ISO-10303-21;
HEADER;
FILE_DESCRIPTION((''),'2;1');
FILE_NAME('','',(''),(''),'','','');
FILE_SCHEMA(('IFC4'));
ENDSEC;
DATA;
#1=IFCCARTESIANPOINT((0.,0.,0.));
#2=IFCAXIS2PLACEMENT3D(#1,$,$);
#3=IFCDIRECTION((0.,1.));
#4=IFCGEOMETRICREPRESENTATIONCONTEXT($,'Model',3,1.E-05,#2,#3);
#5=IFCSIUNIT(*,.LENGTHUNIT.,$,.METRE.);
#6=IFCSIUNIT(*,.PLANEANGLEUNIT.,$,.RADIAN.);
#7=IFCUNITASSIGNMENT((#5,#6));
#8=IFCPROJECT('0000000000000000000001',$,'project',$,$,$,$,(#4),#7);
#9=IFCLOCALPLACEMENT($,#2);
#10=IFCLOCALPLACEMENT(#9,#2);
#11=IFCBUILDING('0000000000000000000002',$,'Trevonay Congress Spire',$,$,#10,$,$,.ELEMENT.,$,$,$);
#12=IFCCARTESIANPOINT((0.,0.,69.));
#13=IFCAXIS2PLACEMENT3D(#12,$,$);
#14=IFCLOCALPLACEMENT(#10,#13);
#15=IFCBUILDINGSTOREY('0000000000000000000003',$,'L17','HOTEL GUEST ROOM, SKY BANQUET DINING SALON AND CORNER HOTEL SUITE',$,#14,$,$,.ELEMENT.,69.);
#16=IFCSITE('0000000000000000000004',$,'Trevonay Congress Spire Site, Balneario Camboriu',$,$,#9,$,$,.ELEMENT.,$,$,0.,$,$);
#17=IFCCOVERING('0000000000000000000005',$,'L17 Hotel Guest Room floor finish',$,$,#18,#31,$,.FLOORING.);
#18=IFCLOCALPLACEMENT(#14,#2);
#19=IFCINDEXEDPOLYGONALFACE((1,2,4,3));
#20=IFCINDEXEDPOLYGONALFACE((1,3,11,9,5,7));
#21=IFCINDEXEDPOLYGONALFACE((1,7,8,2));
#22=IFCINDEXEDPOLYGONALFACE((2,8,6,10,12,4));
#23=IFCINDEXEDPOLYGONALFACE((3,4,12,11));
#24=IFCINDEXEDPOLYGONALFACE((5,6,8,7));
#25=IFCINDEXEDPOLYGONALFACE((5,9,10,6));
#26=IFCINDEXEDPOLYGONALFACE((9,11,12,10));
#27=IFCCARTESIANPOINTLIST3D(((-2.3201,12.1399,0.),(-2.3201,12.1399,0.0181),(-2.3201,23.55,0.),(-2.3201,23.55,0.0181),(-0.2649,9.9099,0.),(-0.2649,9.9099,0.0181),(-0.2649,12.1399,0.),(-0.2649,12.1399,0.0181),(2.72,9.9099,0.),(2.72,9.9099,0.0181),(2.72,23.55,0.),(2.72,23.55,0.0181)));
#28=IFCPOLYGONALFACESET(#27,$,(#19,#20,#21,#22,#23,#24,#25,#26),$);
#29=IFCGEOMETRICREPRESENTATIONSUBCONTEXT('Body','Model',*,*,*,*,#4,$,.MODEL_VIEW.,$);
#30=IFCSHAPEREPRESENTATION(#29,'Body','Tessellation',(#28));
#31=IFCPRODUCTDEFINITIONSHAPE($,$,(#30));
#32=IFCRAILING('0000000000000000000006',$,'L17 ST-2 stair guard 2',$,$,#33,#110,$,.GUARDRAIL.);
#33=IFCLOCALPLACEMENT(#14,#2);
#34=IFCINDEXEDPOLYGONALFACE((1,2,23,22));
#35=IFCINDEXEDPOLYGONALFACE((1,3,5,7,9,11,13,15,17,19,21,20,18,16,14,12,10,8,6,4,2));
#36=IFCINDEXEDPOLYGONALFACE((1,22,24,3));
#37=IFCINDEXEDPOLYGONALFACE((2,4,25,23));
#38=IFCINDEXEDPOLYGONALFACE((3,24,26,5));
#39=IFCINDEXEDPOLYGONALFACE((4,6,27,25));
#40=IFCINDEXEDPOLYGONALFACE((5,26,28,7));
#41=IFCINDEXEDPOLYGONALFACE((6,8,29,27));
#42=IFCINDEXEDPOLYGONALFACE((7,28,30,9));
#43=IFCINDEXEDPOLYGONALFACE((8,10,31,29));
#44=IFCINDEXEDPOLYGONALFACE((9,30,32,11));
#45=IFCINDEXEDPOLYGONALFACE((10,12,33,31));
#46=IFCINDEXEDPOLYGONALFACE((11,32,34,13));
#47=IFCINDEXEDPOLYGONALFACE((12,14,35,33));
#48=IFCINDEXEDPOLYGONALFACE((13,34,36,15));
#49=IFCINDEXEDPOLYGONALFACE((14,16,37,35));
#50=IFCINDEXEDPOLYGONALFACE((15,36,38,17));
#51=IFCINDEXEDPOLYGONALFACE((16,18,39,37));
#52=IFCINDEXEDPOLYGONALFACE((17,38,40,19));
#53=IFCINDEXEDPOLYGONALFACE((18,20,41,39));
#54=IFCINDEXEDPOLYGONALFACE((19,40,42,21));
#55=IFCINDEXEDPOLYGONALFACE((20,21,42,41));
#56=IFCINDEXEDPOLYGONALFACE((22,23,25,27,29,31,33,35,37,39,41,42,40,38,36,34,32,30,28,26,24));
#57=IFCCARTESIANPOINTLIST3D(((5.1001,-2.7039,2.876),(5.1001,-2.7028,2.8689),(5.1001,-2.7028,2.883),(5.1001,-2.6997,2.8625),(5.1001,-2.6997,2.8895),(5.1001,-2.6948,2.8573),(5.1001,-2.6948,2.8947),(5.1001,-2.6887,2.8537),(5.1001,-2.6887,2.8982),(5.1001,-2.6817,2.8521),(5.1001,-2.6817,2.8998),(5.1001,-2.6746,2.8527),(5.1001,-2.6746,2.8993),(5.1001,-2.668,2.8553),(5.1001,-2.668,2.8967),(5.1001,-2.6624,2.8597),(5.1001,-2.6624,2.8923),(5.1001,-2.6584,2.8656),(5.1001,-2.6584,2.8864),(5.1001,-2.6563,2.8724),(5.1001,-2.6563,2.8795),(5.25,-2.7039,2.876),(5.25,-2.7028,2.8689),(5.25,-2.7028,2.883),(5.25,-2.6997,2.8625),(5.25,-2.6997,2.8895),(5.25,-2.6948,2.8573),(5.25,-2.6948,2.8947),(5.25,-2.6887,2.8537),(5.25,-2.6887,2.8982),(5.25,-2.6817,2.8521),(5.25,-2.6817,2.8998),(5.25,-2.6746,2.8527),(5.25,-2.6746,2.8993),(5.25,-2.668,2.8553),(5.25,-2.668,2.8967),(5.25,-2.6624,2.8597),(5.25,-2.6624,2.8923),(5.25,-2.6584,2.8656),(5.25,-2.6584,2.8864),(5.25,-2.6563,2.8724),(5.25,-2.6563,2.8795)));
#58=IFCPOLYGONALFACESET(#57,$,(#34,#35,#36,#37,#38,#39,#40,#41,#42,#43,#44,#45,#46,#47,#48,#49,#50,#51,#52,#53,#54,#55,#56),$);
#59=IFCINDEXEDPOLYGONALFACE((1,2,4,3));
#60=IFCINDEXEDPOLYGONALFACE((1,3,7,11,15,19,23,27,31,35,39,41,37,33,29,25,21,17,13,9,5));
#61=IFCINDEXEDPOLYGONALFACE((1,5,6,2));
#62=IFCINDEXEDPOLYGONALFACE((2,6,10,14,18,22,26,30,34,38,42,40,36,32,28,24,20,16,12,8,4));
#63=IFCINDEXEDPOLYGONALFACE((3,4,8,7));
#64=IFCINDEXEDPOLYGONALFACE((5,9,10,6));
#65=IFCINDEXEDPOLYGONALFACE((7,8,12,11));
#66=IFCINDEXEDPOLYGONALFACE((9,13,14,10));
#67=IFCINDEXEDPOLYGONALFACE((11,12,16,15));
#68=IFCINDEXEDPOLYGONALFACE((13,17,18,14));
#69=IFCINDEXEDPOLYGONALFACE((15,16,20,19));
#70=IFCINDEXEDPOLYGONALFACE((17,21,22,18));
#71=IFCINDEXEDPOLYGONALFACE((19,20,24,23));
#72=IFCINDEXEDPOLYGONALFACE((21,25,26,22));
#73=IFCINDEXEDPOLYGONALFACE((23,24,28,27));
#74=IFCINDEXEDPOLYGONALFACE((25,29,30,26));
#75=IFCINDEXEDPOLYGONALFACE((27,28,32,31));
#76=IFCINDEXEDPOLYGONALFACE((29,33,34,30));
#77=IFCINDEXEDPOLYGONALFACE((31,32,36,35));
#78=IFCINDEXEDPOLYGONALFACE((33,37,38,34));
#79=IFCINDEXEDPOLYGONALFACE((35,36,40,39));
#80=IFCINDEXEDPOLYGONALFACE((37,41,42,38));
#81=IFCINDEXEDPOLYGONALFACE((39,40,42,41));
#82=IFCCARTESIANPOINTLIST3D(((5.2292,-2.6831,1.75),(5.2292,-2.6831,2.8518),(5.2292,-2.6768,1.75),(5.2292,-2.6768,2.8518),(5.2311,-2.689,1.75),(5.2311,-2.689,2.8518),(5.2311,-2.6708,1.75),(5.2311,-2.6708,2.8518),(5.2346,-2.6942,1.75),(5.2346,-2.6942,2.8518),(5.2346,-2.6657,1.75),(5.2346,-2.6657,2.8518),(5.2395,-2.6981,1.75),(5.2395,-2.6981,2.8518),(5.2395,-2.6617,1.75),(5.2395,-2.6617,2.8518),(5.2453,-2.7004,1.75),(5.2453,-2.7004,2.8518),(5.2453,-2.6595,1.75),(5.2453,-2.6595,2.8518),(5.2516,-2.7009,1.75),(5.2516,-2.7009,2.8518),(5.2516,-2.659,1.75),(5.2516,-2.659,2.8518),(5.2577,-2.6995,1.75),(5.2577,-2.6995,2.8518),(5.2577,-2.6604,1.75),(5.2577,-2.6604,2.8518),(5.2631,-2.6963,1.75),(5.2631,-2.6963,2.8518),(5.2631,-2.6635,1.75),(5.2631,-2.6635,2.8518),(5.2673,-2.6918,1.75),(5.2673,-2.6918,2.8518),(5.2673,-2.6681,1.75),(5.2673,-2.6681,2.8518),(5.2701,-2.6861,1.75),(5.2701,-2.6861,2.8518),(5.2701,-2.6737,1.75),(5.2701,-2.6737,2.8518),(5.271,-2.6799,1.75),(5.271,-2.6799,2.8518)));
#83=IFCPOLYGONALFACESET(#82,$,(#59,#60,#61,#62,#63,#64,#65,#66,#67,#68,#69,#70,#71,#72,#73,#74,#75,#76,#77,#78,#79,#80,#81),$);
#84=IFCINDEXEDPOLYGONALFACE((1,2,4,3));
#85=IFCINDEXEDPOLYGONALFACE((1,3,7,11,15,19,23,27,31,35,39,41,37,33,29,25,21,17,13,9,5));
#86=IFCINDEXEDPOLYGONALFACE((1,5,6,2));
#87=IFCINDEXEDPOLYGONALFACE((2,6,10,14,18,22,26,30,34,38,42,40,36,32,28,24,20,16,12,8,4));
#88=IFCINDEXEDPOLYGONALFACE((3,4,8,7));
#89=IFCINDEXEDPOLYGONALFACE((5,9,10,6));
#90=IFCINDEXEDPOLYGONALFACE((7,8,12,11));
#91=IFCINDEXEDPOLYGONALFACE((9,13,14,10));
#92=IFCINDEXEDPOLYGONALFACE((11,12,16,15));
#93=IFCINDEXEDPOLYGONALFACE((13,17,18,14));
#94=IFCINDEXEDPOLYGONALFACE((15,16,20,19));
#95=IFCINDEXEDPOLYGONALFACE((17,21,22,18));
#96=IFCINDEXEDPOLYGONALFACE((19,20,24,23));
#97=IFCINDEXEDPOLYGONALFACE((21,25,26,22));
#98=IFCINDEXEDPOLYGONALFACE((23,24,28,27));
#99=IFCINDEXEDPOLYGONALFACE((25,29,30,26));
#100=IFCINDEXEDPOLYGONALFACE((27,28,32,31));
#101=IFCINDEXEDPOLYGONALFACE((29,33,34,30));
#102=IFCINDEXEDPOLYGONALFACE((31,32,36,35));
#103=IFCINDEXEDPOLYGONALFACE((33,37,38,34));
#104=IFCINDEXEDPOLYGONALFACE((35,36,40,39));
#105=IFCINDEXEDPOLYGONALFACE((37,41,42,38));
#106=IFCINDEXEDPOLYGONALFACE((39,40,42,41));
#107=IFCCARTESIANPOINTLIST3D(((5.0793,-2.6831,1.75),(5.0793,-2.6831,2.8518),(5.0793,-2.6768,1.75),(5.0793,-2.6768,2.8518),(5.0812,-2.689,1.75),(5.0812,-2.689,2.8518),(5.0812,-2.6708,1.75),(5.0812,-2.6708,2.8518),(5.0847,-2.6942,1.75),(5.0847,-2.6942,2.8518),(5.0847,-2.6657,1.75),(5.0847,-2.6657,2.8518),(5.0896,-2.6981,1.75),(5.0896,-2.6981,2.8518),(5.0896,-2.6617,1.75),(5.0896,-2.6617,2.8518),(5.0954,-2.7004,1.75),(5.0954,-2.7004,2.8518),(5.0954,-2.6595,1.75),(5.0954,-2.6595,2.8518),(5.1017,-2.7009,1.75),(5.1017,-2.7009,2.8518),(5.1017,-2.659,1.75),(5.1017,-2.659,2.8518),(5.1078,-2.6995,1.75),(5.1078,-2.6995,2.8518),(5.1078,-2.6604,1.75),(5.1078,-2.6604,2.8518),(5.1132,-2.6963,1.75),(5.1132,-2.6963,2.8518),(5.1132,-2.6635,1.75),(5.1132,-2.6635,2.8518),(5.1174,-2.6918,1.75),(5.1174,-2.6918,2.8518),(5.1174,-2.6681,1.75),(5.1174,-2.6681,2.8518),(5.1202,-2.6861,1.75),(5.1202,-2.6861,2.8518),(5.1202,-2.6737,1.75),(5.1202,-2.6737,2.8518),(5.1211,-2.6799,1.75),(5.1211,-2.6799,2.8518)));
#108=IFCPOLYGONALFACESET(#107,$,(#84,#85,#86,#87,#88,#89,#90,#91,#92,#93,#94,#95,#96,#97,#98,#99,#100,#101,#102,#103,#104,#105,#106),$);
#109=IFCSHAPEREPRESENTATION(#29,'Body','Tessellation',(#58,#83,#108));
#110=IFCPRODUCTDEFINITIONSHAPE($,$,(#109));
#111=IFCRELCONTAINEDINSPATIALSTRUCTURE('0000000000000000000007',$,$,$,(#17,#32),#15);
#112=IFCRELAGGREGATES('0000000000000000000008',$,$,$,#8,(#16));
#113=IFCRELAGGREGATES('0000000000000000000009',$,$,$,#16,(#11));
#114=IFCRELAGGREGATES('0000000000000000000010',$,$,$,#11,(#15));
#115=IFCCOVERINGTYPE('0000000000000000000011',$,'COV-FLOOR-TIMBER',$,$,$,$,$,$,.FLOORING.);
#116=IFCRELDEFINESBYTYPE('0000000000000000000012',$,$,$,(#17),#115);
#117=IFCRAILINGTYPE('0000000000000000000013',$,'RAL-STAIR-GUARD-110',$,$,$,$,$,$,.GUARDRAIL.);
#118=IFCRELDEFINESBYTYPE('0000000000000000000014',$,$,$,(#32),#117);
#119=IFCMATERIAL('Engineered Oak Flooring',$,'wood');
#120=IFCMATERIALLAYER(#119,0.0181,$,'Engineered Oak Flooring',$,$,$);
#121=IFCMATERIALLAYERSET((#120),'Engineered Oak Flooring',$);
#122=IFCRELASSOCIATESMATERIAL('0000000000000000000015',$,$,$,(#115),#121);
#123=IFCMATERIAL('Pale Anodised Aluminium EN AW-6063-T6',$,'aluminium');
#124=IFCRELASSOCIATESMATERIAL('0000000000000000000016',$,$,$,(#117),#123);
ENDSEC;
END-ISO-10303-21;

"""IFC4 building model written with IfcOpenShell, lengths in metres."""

from ifc_helpers import new_model, si_unit, direction, frame, origin, origin_2d, place, context, subcontext, project, spatial, polyline, circle, outline, extrude, material, layer, layer_set, type_object, element, save


model = new_model("IFC4")

# Units and contexts
model_context = context("Model", 3, precision=1e-05, world=origin(), true_north=direction((0.0, 1.0)))
body_context = subcontext(model_context, "Body", "Model", "MODEL_VIEW")
ifc_project = project(units=[si_unit("LENGTHUNIT", "METRE"), si_unit("PLANEANGLEUNIT", "RADIAN")], contexts=[model_context])

# Site, building, storey
site_placement = place(None, origin())
site = spatial("IfcSite", under=ifc_project, at=site_placement, Name="Trevonay Congress Spire Site, Balneario Camboriu", CompositionType="ELEMENT", RefElevation=0.0)
building_placement = place(site_placement, origin())
building = spatial("IfcBuilding", under=site, at=building_placement, Name="Trevonay Congress Spire", CompositionType="ELEMENT")
storey_placement = place(building_placement, frame((0.0, 0.0, 69.0)))
storey = spatial("IfcBuildingStorey", under=building, at=storey_placement, Name="L17", Description="HOTEL GUEST ROOM, SKY BANQUET DINING SALON AND CORNER HOTEL SUITE", CompositionType="ELEMENT", Elevation=69.0)

# Covering
ifc_material_1 = material(Name="Engineered Oak Flooring", Category="wood")
ifc_layer_1 = layer(ifc_material_1, 0.0181, Name="Engineered Oak Flooring")
ifc_layer_set_1 = layer_set([ifc_layer_1], Name="Engineered Oak Flooring")
covering_type_1 = type_object("IfcCoveringType", Name="COV-FLOOR-TIMBER", PredefinedType="FLOORING", material=ifc_layer_set_1)
covering_1_placement = place(storey_placement, origin())
element("IfcCovering", 1, at=covering_1_placement, inside=storey, type_object=covering_type_1, Name="L17 Hotel Guest Room floor finish", PredefinedType="FLOORING", context=body_context, shape_type="SweptSolid", body=[
    extrude(outline(polyline([(-0.2649, 9.9099), (2.72, 9.9099), (2.72, 23.55), (-2.3201, 23.55), (-2.3201, 12.1399), (-0.2649, 12.1399), (-0.2649, 9.9099)])), origin(), (0.0, 0.0, 1.0), 0.0181),
])

# Railing
ifc_material_2 = material(Name="Pale Anodised Aluminium EN AW-6063-T6", Category="aluminium")
railing_type_1 = type_object("IfcRailingType", Name="RAL-STAIR-GUARD-110", PredefinedType="GUARDRAIL", material=ifc_material_2)
railing_1_placement = place(storey_placement, frame((5.25, -2.6799, 1.75)))
element("IfcRailing", 2, at=railing_1_placement, inside=storey, type_object=railing_type_1, Name="L17 ST-2 stair guard 2", PredefinedType="GUARDRAIL", context=body_context, shape_type="SweptSolid", body=[
    extrude(circle(Radius=0.0239, at=origin_2d()), frame((0.0, 0.0, 1.126), z_axis=(-1.0, 0.0, 0.0), x_axis=(0.0, -1.0, 0.0)), (0.0, 0.0, 1.0), 0.1499),
    extrude(circle(Radius=0.021, at=origin_2d()), origin(), (0.0, 0.0, 1.0), 1.1018),
    extrude(circle(Radius=0.021, at=origin_2d()), frame((-0.1499, 0.0, 0.0)), (0.0, 0.0, 1.0), 1.1018),
])

save(model, "model.ifc")
